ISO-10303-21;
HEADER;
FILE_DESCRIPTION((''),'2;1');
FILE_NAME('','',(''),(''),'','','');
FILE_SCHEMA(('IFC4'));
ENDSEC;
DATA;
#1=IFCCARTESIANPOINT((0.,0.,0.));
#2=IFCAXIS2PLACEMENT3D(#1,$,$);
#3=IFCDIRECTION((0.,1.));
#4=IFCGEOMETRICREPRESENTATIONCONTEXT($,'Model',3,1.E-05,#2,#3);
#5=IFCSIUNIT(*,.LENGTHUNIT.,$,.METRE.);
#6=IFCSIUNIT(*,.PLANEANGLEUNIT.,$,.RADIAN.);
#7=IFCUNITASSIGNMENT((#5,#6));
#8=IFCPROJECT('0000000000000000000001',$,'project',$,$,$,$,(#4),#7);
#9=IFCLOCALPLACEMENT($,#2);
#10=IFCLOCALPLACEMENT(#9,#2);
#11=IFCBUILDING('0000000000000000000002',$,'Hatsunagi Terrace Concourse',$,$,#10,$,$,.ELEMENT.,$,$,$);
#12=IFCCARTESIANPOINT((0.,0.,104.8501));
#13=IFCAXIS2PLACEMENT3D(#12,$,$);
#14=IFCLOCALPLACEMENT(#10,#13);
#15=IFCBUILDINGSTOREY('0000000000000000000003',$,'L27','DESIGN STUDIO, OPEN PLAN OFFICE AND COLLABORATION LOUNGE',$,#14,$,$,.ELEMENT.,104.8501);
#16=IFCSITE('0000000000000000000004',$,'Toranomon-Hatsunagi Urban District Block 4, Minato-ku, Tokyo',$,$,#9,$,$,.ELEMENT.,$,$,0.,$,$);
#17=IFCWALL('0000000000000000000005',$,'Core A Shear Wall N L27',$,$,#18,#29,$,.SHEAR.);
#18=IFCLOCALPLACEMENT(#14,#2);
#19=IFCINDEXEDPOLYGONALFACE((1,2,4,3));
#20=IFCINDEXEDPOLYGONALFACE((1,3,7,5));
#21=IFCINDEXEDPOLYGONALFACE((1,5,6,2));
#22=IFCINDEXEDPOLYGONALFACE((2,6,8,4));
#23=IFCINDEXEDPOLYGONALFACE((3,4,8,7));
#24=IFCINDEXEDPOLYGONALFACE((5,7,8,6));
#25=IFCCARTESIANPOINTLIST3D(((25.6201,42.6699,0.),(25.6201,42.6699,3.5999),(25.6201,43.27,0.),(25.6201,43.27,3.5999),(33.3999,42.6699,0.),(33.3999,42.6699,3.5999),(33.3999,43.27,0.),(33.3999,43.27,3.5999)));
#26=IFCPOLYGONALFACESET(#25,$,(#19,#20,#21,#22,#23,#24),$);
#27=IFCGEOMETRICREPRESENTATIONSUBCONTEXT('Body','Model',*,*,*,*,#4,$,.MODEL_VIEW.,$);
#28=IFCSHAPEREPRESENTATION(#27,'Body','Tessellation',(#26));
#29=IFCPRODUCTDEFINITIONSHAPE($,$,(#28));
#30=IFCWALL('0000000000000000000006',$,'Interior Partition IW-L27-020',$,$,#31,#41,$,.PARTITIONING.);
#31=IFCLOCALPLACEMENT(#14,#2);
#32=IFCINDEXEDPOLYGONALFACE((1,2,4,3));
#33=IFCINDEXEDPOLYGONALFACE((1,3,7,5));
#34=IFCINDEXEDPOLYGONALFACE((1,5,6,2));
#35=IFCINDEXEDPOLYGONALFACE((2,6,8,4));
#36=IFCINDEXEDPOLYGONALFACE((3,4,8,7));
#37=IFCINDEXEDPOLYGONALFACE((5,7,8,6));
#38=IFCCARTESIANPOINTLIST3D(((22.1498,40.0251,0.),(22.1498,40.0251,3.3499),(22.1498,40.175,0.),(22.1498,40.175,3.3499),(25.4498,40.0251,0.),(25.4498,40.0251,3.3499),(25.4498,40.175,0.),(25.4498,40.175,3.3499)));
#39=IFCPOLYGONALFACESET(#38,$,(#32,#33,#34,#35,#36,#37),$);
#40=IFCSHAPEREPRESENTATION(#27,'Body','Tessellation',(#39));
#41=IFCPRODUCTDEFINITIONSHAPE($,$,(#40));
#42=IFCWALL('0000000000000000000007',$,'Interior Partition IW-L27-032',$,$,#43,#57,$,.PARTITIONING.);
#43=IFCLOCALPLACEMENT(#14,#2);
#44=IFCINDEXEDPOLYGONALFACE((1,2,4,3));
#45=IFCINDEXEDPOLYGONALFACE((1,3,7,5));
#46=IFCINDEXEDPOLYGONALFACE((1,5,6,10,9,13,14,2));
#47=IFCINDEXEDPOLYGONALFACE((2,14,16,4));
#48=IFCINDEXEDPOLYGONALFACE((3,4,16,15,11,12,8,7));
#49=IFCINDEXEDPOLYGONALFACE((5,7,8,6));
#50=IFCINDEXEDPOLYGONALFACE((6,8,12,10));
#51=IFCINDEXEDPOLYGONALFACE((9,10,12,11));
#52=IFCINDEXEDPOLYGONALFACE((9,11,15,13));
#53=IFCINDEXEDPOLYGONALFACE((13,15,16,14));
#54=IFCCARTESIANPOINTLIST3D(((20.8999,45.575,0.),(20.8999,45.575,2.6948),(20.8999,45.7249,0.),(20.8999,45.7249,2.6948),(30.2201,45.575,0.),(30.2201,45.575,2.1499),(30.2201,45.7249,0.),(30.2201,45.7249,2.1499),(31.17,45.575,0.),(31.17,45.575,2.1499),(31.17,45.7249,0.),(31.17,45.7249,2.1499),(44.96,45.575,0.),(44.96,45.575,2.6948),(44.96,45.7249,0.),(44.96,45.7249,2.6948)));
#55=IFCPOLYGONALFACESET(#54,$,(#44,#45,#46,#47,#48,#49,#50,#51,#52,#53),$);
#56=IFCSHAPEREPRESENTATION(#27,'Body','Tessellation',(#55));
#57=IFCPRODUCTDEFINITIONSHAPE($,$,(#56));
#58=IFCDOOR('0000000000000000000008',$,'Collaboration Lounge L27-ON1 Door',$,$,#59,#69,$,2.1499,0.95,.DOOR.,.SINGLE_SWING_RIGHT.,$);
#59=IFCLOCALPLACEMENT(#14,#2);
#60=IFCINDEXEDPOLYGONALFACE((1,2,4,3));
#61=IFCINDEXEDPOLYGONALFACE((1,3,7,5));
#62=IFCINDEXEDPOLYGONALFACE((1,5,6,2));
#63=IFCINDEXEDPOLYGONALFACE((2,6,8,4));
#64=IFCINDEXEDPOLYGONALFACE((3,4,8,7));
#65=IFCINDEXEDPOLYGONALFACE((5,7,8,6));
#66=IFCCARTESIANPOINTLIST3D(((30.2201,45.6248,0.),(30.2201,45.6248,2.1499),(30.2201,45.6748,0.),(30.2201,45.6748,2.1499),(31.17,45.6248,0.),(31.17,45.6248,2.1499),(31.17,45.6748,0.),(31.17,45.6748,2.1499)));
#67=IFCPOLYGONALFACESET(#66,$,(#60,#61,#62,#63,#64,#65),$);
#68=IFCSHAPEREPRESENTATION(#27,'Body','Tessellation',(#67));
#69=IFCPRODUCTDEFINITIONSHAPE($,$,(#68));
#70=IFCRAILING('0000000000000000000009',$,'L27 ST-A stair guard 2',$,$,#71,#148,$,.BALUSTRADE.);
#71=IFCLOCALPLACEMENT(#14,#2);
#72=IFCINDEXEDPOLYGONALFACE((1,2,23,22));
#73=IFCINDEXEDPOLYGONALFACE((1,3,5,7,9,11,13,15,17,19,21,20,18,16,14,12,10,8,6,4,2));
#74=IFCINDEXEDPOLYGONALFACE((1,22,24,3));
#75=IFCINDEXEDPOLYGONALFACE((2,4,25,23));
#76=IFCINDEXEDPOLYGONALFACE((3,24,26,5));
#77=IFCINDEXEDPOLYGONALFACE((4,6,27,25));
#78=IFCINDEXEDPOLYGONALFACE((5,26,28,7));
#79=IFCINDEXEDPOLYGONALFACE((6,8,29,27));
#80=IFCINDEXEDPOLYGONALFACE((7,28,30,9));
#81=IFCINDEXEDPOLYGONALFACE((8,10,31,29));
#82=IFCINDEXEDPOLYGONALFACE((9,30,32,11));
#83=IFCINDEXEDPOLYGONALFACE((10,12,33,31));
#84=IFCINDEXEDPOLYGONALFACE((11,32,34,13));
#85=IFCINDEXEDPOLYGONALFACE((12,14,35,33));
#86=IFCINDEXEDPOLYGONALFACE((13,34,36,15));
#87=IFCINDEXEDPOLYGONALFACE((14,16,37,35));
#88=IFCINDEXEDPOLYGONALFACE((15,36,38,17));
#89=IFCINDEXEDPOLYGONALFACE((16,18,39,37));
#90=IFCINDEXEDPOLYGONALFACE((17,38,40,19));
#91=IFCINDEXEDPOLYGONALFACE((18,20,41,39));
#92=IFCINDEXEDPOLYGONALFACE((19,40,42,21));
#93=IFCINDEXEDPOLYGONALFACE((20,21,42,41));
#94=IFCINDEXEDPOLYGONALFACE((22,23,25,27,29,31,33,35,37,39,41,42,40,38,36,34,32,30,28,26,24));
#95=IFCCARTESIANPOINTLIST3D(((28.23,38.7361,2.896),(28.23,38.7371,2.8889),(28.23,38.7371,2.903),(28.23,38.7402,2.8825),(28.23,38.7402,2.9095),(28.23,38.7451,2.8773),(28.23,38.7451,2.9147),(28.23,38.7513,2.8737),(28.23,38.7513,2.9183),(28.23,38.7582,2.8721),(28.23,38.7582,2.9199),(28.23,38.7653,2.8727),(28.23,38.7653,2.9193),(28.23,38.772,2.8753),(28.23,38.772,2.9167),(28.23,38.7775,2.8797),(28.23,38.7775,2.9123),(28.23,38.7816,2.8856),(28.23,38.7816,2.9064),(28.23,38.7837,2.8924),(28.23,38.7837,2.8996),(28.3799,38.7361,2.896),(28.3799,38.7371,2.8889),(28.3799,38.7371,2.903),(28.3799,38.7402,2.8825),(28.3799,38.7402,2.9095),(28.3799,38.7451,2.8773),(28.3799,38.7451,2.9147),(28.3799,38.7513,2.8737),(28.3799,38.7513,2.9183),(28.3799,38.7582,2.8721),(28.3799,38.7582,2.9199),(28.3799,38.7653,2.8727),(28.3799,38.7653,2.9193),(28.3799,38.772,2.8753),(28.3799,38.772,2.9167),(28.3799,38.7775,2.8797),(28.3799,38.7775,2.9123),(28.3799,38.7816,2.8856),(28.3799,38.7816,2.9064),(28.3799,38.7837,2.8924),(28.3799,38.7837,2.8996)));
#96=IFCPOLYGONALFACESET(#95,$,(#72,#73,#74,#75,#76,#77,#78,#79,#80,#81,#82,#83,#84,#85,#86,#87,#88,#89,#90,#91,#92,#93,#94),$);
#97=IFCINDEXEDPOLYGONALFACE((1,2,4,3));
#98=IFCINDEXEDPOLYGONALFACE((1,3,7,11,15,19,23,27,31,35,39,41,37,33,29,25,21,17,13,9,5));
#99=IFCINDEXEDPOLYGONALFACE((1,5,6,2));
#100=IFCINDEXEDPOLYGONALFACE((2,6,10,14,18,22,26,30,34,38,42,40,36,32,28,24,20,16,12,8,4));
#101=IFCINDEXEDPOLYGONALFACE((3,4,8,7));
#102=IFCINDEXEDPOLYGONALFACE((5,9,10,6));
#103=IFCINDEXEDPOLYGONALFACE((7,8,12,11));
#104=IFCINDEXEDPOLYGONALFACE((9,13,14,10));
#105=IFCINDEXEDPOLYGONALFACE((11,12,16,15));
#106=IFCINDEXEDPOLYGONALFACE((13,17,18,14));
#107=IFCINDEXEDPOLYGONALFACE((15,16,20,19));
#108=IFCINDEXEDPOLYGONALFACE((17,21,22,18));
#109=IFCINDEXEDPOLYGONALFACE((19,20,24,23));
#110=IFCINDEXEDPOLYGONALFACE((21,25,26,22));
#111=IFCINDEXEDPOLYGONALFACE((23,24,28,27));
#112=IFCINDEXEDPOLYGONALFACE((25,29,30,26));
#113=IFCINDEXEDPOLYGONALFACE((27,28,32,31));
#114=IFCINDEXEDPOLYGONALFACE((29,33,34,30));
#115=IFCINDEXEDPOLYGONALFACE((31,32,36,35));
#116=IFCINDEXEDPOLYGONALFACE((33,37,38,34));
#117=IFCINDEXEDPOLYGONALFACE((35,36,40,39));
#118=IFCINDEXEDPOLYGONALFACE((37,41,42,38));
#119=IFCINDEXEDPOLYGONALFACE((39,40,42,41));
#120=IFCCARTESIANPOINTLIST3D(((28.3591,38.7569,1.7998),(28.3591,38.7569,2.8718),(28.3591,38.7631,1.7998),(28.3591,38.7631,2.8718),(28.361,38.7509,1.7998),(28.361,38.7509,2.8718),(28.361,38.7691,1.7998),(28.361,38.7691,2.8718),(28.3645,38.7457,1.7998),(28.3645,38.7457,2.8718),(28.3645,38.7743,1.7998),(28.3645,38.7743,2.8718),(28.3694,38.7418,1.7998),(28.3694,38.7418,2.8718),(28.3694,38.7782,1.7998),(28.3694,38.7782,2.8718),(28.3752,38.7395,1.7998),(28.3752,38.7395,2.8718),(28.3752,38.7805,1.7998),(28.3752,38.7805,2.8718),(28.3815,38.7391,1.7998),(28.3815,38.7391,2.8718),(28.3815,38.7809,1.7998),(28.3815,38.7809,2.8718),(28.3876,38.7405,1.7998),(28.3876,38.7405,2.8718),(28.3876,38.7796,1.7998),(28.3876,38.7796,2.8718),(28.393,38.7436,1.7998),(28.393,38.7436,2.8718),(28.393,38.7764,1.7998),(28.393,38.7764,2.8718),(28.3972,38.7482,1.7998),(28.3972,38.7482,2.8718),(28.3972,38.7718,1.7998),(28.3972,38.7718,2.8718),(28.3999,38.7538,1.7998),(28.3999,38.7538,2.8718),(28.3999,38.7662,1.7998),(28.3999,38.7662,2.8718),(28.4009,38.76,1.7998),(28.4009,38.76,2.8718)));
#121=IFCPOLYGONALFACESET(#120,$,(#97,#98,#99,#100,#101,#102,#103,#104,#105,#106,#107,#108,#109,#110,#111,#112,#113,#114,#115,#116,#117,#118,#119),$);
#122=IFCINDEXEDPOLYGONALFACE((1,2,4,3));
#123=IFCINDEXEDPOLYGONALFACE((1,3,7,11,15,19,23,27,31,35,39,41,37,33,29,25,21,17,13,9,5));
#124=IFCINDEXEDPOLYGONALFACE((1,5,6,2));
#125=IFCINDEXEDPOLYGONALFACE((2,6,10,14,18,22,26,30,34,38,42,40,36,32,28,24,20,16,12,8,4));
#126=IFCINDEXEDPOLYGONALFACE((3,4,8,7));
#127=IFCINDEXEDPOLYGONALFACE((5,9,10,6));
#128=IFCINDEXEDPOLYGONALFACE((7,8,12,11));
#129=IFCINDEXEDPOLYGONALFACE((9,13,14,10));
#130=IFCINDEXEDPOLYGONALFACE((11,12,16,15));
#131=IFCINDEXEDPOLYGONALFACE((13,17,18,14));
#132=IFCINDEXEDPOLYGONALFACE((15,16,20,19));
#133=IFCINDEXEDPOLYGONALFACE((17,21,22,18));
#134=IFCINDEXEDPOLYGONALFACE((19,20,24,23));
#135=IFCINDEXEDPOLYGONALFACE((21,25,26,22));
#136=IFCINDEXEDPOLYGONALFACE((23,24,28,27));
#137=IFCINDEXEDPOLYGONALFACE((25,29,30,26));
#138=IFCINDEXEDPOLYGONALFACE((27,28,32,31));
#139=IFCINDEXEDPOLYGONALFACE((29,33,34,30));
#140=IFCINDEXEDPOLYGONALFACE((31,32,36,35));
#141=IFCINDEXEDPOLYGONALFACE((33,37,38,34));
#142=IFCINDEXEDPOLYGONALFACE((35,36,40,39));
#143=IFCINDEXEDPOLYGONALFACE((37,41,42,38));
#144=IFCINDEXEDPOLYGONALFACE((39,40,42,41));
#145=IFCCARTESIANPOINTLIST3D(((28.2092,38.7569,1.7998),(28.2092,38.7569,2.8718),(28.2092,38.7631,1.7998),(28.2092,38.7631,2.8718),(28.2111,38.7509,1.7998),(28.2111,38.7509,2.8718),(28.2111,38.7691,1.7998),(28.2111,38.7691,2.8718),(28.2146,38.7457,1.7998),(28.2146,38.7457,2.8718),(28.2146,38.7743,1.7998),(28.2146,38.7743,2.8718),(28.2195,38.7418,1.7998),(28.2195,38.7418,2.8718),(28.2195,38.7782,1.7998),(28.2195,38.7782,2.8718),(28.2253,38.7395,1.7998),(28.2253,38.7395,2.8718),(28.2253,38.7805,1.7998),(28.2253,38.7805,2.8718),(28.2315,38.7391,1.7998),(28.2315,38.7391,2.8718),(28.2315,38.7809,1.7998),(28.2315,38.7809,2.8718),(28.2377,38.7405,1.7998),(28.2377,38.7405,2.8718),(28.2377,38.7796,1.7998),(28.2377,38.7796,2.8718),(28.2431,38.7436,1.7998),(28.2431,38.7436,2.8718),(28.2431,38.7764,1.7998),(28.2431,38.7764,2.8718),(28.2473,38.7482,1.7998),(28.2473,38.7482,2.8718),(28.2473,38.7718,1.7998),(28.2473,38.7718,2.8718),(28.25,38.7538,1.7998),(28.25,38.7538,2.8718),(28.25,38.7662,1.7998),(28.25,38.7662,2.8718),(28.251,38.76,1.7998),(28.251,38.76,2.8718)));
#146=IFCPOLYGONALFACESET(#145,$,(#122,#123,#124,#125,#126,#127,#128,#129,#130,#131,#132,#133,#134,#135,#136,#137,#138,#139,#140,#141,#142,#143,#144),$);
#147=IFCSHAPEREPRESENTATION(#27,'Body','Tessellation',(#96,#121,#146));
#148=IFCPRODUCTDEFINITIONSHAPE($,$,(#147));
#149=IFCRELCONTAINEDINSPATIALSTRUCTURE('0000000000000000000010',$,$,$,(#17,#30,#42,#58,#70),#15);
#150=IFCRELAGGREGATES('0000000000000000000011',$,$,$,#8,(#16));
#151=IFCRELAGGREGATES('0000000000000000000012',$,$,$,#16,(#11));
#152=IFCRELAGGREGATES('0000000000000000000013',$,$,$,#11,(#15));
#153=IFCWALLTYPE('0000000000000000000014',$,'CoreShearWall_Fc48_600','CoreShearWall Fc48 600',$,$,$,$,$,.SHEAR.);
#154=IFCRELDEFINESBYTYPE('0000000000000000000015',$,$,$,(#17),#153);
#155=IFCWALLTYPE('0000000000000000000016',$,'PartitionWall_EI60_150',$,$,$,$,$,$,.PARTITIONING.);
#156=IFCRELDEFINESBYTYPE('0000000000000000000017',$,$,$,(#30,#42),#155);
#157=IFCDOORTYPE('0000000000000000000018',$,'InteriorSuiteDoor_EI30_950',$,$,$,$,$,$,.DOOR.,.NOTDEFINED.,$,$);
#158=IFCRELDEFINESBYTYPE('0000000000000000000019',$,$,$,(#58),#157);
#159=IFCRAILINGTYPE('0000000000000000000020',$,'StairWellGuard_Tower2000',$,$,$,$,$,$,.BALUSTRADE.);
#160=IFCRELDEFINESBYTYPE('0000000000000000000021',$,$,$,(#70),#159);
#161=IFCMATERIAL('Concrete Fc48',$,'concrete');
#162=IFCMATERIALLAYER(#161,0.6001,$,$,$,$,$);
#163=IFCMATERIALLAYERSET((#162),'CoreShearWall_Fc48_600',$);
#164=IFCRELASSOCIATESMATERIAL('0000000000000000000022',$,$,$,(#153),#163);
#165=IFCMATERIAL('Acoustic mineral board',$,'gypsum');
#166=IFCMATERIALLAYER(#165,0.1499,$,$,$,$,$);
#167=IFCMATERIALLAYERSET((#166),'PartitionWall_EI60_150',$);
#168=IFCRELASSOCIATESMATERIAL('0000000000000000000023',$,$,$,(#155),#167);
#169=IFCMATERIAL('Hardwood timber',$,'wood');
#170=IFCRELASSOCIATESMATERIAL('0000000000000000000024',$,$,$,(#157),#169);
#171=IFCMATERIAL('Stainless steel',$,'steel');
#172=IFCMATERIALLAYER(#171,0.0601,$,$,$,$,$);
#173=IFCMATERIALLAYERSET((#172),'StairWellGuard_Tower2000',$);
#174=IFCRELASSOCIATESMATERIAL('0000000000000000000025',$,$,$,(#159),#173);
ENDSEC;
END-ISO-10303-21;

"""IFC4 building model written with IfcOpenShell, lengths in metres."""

from ifc_helpers import new_model, si_unit, direction, frame, frame_2d, origin, origin_2d, place, context, subcontext, project, spatial, rectangle, circle, extrude, material, layer, layer_set, type_object, element, fill, save


model = new_model("IFC4")

# Units and contexts
model_context = context("Model", 3, precision=1e-05, world=origin(), true_north=direction((0.0, 1.0)))
body_context = subcontext(model_context, "Body", "Model", "MODEL_VIEW")
ifc_project = project(units=[si_unit("LENGTHUNIT", "METRE"), si_unit("PLANEANGLEUNIT", "RADIAN")], contexts=[model_context])

# Site, building, storey
site_placement = place(None, origin())
site = spatial("IfcSite", under=ifc_project, at=site_placement, Name="Toranomon-Hatsunagi Urban District Block 4, Minato-ku, Tokyo", CompositionType="ELEMENT", RefElevation=0.0)
building_placement = place(site_placement, origin())
building = spatial("IfcBuilding", under=site, at=building_placement, Name="Hatsunagi Terrace Concourse", CompositionType="ELEMENT")
storey_placement = place(building_placement, frame((0.0, 0.0, 104.8501)))
storey = spatial("IfcBuildingStorey", under=building, at=storey_placement, Name="L27", Description="DESIGN STUDIO, OPEN PLAN OFFICE AND COLLABORATION LOUNGE", CompositionType="ELEMENT", Elevation=104.8501)

# Walls
ifc_material_1 = material(Name="Concrete Fc48", Category="concrete")
ifc_layer_1 = layer(ifc_material_1, 0.6001)
ifc_layer_set_1 = layer_set([ifc_layer_1], Name="CoreShearWall_Fc48_600")
wall_type_1 = type_object("IfcWallType", Name="CoreShearWall_Fc48_600", Description="CoreShearWall Fc48 600", PredefinedType="SHEAR", material=ifc_layer_set_1)
wall_1_placement = place(storey_placement, frame((25.6201, 42.97, 0.0), z_axis=(0.0, 0.0, 1.0), x_axis=(1.0, 0.0, 0.0)))
element("IfcWall", 1, at=wall_1_placement, inside=storey, type_object=wall_type_1, Name="Core A Shear Wall N L27", PredefinedType="SHEAR", context=body_context, shape_type="SweptSolid", body=[
    extrude(rectangle(XDim=7.7798, YDim=0.6001, at=frame_2d((3.8899, 0.0))), origin(), (0.0, 0.0, 1.0), 3.5999),
])
ifc_material_2 = material(Name="Acoustic mineral board", Category="gypsum")
ifc_layer_2 = layer(ifc_material_2, 0.1499)
ifc_layer_set_2 = layer_set([ifc_layer_2], Name="PartitionWall_EI60_150")
wall_type_2 = type_object("IfcWallType", Name="PartitionWall_EI60_150", PredefinedType="PARTITIONING", material=ifc_layer_set_2)
wall_2_placement = place(storey_placement, frame((22.1499, 40.1001, 0.0), z_axis=(0.0, 0.0, 1.0), x_axis=(1.0, 0.0, 0.0)))
element("IfcWall", 2, at=wall_2_placement, inside=storey, type_object=wall_type_2, Name="Interior Partition IW-L27-020", PredefinedType="PARTITIONING", context=body_context, shape_type="SweptSolid", body=[
    extrude(rectangle(XDim=3.3, YDim=0.1499, at=frame_2d((1.6499, 0.0))), origin(), (0.0, 0.0, 1.0), 3.3499),
])

# Wall, opening, door
wall_3_placement = place(storey_placement, frame((20.8999, 45.6499, 0.0), z_axis=(0.0, 0.0, 1.0), x_axis=(1.0, 0.0, 0.0)))
wall_3 = element("IfcWall", 3, at=wall_3_placement, inside=storey, type_object=wall_type_2, Name="Interior Partition IW-L27-032", PredefinedType="PARTITIONING", context=body_context, shape_type="SweptSolid", body=[
    extrude(rectangle(XDim=24.0601, YDim=0.1499, at=frame_2d((12.03, 0.0))), origin(), (0.0, 0.0, 1.0), 2.6948),
])
opening_placement = place(wall_3_placement, frame((9.3201, 0.0, 0.0)))
opening = element("IfcOpeningElement", 4, at=opening_placement, cuts=wall_3, PredefinedType="OPENING", context=body_context, shape_type="SweptSolid", body=[
    extrude(rectangle(XDim=0.95, YDim=2.1499, at=frame_2d((0.4751, 1.075))), frame((0.0, 0.085, 0.0), z_axis=(0.0, -1.0, 0.0), x_axis=(1.0, 0.0, 0.0)), (0.0, 0.0, 1.0), 0.1699),
])
ifc_material_3 = material(Name="Hardwood timber", Category="wood")
door_type = type_object("IfcDoorType", Name="InteriorSuiteDoor_EI30_950", OperationType="NOTDEFINED", PredefinedType="DOOR", material=ifc_material_3)
door_placement = place(opening_placement, origin())
door = element("IfcDoor", 5, at=door_placement, inside=storey, type_object=door_type, Name="Collaboration Lounge L27-ON1 Door", OperationType="SINGLE_SWING_RIGHT", OverallHeight=2.1499, OverallWidth=0.95, PredefinedType="DOOR", context=body_context, shape_type="SweptSolid", body=[
    extrude(rectangle(XDim=0.95, YDim=2.1499, at=frame_2d((0.4751, 1.075))), frame((0.0, 0.0249, 0.0), z_axis=(0.0, -1.0, 0.0), x_axis=(1.0, 0.0, 0.0)), (0.0, 0.0, 1.0), 0.05),
])
fill(opening, door)

# Railing
ifc_material_4 = material(Name="Stainless steel", Category="steel")
ifc_layer_3 = layer(ifc_material_4, 0.0601)
ifc_layer_set_3 = layer_set([ifc_layer_3], Name="StairWellGuard_Tower2000")
railing_type = type_object("IfcRailingType", Name="StairWellGuard_Tower2000", PredefinedType="BALUSTRADE", material=ifc_layer_set_3)
railing_placement = place(storey_placement, frame((28.3799, 38.76, 1.7998)))
element("IfcRailing", 6, at=railing_placement, inside=storey, type_object=railing_type, Name="L27 ST-A stair guard 2", PredefinedType="BALUSTRADE", context=body_context, shape_type="SweptSolid", body=[
    extrude(circle(Radius=0.0239, at=origin_2d()), frame((0.0, 0.0, 1.0962), z_axis=(-1.0, 0.0, 0.0), x_axis=(0.0, -1.0, 0.0)), (0.0, 0.0, 1.0), 0.1499),
    extrude(circle(Radius=0.021, at=origin_2d()), origin(), (0.0, 0.0, 1.0), 1.072),
    extrude(circle(Radius=0.021, at=origin_2d()), frame((-0.1499, 0.0, 0.0)), (0.0, 0.0, 1.0), 1.072),
])

save(model, "model.ifc")
